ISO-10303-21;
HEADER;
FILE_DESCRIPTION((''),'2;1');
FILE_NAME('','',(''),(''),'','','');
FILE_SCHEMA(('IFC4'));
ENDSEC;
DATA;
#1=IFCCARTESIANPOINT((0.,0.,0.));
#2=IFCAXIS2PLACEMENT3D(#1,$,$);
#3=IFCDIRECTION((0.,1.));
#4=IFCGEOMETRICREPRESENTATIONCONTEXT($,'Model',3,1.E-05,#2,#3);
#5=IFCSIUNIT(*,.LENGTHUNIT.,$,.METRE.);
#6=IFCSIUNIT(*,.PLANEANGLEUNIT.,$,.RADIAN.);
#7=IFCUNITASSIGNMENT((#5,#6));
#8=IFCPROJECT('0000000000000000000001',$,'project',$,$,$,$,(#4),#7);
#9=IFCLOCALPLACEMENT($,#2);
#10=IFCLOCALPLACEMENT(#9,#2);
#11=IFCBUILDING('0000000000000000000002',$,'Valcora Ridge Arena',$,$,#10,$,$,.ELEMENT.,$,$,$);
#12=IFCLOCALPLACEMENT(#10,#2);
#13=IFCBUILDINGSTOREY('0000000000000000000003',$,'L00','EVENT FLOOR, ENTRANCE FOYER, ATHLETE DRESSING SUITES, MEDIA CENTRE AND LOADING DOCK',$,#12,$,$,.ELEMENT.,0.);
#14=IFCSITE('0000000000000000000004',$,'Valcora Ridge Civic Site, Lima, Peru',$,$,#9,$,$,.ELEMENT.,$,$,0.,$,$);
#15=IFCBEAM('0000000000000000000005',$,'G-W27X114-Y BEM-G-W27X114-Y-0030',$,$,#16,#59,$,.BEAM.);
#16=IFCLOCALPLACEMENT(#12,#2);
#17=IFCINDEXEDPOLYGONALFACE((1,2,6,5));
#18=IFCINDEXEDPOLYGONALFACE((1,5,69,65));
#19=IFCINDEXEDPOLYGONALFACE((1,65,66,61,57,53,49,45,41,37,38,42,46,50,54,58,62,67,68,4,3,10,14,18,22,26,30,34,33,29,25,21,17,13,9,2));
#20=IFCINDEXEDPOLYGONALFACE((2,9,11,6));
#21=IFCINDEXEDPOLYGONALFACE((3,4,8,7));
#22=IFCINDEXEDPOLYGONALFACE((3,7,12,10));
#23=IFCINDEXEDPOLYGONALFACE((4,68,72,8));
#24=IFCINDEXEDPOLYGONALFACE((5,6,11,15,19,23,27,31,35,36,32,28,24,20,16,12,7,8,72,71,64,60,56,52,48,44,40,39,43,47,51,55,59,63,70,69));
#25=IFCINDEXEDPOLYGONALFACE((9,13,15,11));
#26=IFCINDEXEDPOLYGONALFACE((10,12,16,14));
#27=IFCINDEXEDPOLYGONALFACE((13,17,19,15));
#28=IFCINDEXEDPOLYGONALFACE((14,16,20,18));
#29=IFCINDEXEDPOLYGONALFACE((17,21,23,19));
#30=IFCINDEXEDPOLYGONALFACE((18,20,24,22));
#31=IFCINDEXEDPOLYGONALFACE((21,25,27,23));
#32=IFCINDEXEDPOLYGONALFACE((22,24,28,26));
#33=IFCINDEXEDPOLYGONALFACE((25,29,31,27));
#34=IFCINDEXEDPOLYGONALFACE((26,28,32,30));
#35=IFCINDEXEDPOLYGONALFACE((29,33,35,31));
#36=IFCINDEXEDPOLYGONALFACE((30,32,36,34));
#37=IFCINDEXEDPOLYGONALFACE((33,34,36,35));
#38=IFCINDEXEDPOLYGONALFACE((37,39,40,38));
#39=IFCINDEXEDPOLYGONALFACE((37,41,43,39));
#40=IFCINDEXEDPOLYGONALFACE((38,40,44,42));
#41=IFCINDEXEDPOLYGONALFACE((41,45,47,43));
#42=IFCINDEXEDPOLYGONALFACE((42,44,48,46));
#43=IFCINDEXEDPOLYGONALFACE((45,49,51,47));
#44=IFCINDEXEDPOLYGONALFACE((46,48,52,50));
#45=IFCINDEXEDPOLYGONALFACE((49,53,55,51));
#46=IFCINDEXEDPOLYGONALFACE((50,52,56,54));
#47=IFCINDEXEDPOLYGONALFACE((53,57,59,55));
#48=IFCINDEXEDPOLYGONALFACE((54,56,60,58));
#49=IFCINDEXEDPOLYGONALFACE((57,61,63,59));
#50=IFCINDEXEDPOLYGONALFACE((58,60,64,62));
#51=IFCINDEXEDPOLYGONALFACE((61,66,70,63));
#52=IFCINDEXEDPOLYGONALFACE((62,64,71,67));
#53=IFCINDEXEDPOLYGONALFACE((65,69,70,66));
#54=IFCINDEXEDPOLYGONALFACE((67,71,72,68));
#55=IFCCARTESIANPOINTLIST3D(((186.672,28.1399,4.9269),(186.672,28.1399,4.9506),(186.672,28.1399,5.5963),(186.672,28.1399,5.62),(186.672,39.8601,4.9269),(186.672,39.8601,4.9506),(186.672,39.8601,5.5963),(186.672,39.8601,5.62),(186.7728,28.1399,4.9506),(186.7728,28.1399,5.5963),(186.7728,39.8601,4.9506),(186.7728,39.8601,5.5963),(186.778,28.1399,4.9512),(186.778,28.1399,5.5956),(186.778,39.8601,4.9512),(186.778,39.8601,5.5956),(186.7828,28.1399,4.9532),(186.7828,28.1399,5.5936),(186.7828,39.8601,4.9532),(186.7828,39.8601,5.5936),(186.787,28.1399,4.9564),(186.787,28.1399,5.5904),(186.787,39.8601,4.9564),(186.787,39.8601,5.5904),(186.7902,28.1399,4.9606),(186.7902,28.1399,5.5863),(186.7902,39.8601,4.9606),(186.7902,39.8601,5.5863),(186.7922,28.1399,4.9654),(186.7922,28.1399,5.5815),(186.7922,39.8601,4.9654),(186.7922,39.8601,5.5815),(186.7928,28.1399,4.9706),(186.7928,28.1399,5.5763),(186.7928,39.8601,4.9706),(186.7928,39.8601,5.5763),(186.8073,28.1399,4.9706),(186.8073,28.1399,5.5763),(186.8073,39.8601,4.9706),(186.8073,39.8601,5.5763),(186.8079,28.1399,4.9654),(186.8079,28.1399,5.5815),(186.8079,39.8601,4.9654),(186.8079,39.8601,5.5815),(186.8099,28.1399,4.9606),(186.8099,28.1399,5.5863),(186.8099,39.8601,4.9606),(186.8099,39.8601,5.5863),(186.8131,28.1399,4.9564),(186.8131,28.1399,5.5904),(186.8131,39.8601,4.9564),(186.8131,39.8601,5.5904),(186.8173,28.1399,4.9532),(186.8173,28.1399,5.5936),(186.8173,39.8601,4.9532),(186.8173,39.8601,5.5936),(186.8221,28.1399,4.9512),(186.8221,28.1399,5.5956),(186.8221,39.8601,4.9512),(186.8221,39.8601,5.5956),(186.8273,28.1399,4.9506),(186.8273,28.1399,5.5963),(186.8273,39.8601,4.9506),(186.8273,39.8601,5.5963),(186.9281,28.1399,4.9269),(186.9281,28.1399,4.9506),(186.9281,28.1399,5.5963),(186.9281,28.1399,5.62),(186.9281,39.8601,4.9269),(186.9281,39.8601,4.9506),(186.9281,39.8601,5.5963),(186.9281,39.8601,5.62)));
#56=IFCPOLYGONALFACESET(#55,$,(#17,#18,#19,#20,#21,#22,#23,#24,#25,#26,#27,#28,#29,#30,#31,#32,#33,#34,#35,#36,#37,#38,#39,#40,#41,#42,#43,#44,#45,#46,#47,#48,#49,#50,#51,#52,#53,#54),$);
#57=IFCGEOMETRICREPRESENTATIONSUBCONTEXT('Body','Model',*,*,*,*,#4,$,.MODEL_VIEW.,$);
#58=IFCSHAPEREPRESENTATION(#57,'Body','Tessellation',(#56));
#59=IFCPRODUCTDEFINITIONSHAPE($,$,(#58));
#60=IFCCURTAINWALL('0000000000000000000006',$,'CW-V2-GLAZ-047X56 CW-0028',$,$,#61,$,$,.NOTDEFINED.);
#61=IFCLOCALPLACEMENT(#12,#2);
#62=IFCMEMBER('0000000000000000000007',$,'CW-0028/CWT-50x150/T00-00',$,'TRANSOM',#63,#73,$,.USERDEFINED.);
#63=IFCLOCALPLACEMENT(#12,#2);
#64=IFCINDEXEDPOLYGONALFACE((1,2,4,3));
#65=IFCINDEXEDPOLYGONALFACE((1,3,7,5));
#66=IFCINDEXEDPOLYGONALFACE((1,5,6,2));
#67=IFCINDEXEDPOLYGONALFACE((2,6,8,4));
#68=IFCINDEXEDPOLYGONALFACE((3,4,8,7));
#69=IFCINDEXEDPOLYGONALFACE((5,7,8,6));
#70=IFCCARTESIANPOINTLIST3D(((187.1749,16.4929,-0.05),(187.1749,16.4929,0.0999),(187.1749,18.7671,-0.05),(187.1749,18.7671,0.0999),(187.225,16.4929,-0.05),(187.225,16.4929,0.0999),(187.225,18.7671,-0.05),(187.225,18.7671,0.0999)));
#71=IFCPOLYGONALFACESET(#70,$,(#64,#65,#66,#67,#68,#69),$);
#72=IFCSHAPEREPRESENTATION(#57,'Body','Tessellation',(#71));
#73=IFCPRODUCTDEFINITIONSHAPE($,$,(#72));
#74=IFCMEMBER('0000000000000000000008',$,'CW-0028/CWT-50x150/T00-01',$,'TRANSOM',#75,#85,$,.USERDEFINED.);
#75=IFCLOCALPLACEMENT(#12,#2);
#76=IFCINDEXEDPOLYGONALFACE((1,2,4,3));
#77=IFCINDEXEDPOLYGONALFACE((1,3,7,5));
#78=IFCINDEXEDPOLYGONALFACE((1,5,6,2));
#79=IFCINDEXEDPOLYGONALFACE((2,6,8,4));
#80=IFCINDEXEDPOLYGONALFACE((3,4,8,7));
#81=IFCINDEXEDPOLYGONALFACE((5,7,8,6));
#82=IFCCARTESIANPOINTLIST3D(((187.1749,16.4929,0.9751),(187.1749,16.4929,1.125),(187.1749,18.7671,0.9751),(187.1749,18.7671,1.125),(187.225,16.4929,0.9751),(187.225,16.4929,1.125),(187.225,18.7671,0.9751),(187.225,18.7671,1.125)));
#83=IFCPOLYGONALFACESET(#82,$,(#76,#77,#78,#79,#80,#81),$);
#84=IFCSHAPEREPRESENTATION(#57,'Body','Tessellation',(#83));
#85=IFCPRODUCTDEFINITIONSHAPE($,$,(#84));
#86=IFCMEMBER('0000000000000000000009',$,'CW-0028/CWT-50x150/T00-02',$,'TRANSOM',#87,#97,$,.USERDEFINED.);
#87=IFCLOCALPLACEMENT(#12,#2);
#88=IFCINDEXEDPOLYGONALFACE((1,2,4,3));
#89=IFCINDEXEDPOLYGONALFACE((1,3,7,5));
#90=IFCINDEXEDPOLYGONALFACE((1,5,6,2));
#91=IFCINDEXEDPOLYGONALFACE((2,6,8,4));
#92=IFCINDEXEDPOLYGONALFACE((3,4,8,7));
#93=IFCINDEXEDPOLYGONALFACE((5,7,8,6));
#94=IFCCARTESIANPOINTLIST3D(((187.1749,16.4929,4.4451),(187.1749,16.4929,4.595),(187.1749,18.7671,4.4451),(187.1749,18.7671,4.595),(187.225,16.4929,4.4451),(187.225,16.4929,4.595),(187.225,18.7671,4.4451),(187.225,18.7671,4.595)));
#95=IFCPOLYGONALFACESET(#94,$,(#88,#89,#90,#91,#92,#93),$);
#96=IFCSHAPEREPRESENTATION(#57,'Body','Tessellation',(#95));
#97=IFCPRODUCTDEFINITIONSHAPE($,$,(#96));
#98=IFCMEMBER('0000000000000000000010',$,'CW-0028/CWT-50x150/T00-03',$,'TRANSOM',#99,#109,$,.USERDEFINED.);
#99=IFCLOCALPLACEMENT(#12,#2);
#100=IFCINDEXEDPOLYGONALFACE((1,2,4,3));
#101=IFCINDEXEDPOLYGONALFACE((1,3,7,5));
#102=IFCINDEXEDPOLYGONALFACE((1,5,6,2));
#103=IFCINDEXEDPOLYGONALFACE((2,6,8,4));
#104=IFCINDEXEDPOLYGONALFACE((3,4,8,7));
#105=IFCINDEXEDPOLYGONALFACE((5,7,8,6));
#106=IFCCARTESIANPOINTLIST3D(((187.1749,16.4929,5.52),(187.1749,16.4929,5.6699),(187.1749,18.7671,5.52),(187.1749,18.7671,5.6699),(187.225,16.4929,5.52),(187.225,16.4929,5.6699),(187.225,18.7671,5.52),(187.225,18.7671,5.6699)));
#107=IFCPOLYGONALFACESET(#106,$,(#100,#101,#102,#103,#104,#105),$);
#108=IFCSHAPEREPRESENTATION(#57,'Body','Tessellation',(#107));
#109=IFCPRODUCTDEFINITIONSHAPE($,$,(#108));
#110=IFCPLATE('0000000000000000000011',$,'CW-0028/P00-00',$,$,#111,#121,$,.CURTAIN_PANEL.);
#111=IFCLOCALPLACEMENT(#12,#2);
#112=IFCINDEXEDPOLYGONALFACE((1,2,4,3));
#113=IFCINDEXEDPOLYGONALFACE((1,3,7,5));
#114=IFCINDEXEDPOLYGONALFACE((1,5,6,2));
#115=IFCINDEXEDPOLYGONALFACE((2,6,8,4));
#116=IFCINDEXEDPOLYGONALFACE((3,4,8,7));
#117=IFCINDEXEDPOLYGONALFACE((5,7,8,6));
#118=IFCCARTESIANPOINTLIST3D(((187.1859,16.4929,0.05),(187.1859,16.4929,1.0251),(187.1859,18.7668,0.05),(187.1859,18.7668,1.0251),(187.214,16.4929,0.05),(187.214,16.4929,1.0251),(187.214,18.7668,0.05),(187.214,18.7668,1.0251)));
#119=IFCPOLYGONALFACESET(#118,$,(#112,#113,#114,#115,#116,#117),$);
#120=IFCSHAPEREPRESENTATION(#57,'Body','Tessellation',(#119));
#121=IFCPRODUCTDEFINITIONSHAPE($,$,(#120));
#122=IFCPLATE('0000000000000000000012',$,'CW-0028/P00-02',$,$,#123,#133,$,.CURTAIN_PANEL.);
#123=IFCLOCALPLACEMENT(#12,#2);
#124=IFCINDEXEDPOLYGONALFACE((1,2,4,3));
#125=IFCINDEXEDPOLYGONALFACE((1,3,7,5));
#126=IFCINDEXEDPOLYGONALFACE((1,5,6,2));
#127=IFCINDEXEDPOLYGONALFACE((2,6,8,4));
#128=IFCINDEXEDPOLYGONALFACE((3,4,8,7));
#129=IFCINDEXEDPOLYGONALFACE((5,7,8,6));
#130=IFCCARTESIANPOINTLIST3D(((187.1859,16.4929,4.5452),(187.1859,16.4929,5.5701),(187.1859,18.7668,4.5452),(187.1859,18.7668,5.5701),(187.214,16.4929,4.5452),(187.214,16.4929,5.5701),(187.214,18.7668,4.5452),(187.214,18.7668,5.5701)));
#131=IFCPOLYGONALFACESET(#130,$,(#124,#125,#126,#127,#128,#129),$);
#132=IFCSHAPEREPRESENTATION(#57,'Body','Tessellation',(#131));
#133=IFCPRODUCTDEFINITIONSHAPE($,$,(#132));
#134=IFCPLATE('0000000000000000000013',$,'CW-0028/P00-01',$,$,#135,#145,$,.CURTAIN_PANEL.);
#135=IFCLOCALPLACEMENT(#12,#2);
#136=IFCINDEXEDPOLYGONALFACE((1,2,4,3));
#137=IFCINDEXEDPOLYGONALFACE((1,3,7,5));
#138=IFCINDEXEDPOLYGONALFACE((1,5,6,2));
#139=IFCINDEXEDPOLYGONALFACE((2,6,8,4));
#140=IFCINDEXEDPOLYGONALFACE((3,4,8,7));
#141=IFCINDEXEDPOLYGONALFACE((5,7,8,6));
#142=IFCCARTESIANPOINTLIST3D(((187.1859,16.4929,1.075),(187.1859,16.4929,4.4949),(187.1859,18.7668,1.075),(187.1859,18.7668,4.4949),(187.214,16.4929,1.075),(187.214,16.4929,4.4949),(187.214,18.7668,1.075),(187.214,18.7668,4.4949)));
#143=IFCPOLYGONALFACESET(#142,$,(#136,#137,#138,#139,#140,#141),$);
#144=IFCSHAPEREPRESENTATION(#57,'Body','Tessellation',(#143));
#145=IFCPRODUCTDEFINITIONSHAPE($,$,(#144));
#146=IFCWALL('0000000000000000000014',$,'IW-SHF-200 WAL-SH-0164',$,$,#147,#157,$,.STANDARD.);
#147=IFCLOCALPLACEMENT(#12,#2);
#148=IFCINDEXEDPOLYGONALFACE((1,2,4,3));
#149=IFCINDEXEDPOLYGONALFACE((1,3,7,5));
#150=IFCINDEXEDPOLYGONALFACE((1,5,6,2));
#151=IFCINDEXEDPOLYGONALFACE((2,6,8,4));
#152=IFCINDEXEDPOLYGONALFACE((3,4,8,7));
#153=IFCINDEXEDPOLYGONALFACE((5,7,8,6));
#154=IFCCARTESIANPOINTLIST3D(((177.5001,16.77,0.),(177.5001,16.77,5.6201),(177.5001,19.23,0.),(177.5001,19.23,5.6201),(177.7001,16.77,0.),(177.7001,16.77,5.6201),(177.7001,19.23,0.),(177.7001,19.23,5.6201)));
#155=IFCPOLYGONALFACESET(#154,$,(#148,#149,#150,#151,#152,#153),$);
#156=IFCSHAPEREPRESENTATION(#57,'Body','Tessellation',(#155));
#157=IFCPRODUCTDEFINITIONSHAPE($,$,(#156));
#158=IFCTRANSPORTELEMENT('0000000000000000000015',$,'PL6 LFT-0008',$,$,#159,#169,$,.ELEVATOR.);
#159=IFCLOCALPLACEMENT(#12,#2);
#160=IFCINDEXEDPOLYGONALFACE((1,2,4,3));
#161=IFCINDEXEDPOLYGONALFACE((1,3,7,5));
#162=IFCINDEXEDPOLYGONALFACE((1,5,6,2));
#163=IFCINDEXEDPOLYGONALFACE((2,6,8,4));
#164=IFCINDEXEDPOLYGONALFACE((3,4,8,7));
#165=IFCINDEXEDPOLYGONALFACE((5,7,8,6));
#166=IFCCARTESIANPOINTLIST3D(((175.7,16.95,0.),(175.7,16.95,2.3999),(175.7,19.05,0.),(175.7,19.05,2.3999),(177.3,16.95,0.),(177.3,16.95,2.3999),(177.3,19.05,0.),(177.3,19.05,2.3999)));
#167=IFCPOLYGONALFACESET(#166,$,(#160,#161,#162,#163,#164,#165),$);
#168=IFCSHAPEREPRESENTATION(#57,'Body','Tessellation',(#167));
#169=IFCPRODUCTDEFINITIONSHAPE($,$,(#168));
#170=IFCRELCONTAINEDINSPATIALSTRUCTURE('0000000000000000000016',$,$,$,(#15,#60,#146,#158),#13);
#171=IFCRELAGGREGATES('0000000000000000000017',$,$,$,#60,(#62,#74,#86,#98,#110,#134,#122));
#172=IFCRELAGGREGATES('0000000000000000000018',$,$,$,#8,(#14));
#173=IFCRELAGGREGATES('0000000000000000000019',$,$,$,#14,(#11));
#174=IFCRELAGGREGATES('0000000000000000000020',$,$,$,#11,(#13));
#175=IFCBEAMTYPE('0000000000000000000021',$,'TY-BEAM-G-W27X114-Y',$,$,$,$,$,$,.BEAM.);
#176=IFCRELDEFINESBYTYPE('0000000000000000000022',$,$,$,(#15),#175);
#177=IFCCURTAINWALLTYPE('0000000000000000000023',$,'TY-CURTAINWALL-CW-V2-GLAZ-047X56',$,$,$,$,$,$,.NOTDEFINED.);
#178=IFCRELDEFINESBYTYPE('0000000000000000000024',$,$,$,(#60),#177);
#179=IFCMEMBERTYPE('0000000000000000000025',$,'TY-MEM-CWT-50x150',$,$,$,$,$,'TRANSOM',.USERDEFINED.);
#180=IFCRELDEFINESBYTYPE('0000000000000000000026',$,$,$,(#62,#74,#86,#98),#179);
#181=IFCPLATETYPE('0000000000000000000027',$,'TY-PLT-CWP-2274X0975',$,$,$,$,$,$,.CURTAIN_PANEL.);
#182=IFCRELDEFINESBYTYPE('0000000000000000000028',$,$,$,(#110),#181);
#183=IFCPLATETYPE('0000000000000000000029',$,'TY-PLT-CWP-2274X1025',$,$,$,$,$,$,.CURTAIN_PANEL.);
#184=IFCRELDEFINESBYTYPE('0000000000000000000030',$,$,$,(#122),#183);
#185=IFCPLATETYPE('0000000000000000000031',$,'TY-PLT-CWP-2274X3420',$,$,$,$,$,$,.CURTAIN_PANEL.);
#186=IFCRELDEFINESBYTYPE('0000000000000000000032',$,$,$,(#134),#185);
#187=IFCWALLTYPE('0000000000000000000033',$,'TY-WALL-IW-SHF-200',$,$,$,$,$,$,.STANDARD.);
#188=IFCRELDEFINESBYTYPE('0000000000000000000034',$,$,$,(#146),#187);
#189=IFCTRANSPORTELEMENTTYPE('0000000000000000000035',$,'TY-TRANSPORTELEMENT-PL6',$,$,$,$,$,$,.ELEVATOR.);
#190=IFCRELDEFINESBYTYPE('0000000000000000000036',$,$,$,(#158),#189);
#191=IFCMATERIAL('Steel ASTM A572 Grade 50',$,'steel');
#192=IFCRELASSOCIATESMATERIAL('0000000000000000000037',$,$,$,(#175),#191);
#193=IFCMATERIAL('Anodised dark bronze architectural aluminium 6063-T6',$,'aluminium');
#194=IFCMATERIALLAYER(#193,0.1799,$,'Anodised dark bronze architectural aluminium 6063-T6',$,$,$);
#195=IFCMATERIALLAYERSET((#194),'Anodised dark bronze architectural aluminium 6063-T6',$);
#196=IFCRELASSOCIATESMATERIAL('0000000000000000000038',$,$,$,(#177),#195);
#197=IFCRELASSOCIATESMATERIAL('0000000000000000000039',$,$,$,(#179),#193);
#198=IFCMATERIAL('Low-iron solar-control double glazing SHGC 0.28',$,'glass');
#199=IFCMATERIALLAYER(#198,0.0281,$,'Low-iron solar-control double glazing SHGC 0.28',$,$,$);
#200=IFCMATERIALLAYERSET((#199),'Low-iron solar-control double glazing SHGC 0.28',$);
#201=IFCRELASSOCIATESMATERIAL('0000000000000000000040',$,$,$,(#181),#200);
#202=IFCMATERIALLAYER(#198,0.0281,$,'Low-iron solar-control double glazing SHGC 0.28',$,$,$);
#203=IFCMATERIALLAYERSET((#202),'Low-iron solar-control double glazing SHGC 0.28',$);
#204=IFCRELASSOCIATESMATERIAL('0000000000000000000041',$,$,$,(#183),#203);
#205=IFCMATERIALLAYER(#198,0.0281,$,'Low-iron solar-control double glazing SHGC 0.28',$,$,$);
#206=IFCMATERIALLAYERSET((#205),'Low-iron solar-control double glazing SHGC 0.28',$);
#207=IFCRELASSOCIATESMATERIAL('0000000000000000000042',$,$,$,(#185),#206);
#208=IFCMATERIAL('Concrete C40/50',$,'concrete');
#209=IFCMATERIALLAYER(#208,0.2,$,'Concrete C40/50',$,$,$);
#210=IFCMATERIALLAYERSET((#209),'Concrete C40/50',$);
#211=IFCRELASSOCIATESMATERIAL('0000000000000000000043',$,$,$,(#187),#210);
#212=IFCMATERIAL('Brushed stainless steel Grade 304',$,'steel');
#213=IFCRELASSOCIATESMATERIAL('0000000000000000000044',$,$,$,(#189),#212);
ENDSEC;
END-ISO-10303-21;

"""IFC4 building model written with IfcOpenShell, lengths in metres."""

from ifc_helpers import new_model, si_unit, direction, frame, frame_2d, origin, origin_2d, place, context, subcontext, project, spatial, rectangle, i_section, extrude, material, layer, layer_set, material_profile, profile_set, type_object, element, aggregate, save


model = new_model("IFC4")

# Units and contexts
model_context = context("Model", 3, precision=1e-05, world=origin(), true_north=direction((0.0, 1.0)))
body_context = subcontext(model_context, "Body", "Model", "MODEL_VIEW")
ifc_project = project(units=[si_unit("LENGTHUNIT", "METRE"), si_unit("PLANEANGLEUNIT", "RADIAN")], contexts=[model_context])

# Site, building, storey
site_placement = place(None, origin())
site = spatial("IfcSite", under=ifc_project, at=site_placement, Name="Valcora Ridge Civic Site, Lima, Peru", CompositionType="ELEMENT", RefElevation=0.0)
building_placement = place(site_placement, origin())
building = spatial("IfcBuilding", under=site, at=building_placement, Name="Valcora Ridge Arena", CompositionType="ELEMENT")
storey_placement = place(building_placement, origin())
storey = spatial("IfcBuildingStorey", under=building, at=storey_placement, Name="L00", Description="EVENT FLOOR, ENTRANCE FOYER, ATHLETE DRESSING SUITES, MEDIA CENTRE AND LOADING DOCK", CompositionType="ELEMENT", Elevation=0.0)

# Shared definitions
ifc_material_1 = material(Name="Concrete C40/50", Category="concrete")

# Shared definitions
ifc_material_2 = material(Name="Steel ASTM A572 Grade 50", Category="steel")

# Beam
ifc_material_profile_1 = material_profile(ifc_material_2, i_section(OverallWidth=0.2561, OverallDepth=0.6931, WebThickness=0.0144, FlangeThickness=0.0237, FilletRadius=0.02, at=origin_2d()), Name="W27X114")
ifc_profile_set_1 = profile_set([ifc_material_profile_1], Name="Steel ASTM A572 Grade 50")
beam_type_1 = type_object("IfcBeamType", Name="TY-BEAM-G-W27X114-Y", PredefinedType="BEAM", material=ifc_profile_set_1)
beam_1_placement = place(storey_placement, frame((186.8, 28.1399, 5.2734), z_axis=(0.0, 1.0, 0.0), x_axis=(-1.0, 0.0, 0.0)))
element("IfcBeam", 1, at=beam_1_placement, inside=storey, type_object=beam_type_1, Name="G-W27X114-Y BEM-G-W27X114-Y-0030", PredefinedType="BEAM", context=body_context, shape_type="SweptSolid", body=[
    extrude(i_section(OverallWidth=0.2561, OverallDepth=0.6931, WebThickness=0.0144, FlangeThickness=0.0237, FilletRadius=0.02, at=origin_2d()), origin(), (0.0, 0.0, 1.0), 11.7202),
])

# Curtain wall, members, plates
ifc_material_3 = material(Name="Anodised dark bronze architectural aluminium 6063-T6", Category="aluminium")
ifc_layer_1 = layer(ifc_material_3, 0.1799, Name="Anodised dark bronze architectural aluminium 6063-T6")
ifc_layer_set_1 = layer_set([ifc_layer_1], Name="Anodised dark bronze architectural aluminium 6063-T6")
curtain_wall_type = type_object("IfcCurtainWallType", Name="TY-CURTAINWALL-CW-V2-GLAZ-047X56", PredefinedType="NOTDEFINED", material=ifc_layer_set_1)
curtain_wall_placement = place(storey_placement, origin())
curtain_wall = element("IfcCurtainWall", 2, at=curtain_wall_placement, inside=storey, type_object=curtain_wall_type, Name="CW-V2-GLAZ-047X56 CW-0028", PredefinedType="NOTDEFINED")
ifc_material_profile_2 = material_profile(ifc_material_3, rectangle(XDim=0.05, YDim=0.1499, at=origin_2d()), Name="ALU TRANSOM 50x150")
ifc_profile_set_2 = profile_set([ifc_material_profile_2], Name="Anodised dark bronze architectural aluminium 6063-T6")
member_type = type_object("IfcMemberType", Name="TY-MEM-CWT-50x150", ElementType="TRANSOM", PredefinedType="USERDEFINED", material=ifc_profile_set_2)
member_1_placement = place(storey_placement, frame((187.2, 16.4929, 0.0249), z_axis=(0.0, 1.0, 0.0), x_axis=(-1.0, 0.0, 0.0)))
member_1 = element("IfcMember", 3, at=member_1_placement, type_object=member_type, Name="CW-0028/CWT-50x150/T00-00", ObjectType="TRANSOM", PredefinedType="USERDEFINED", context=body_context, shape_type="SweptSolid", body=[
    extrude(rectangle(XDim=0.05, YDim=0.1499, at=origin_2d()), origin(), (0.0, 0.0, 1.0), 2.2742),
])
member_2_placement = place(storey_placement, frame((187.2, 16.4929, 1.05), z_axis=(0.0, 1.0, 0.0), x_axis=(-1.0, 0.0, 0.0)))
member_2 = element("IfcMember", 4, at=member_2_placement, type_object=member_type, Name="CW-0028/CWT-50x150/T00-01", ObjectType="TRANSOM", PredefinedType="USERDEFINED", context=body_context, shape_type="SweptSolid", body=[
    extrude(rectangle(XDim=0.05, YDim=0.1499, at=origin_2d()), origin(), (0.0, 0.0, 1.0), 2.2742),
])
member_3_placement = place(storey_placement, frame((187.2, 16.4929, 4.52), z_axis=(0.0, 1.0, 0.0), x_axis=(-1.0, 0.0, 0.0)))
member_3 = element("IfcMember", 5, at=member_3_placement, type_object=member_type, Name="CW-0028/CWT-50x150/T00-02", ObjectType="TRANSOM", PredefinedType="USERDEFINED", context=body_context, shape_type="SweptSolid", body=[
    extrude(rectangle(XDim=0.05, YDim=0.1499, at=origin_2d()), origin(), (0.0, 0.0, 1.0), 2.2742),
])
member_4_placement = place(storey_placement, frame((187.2, 16.4929, 5.595), z_axis=(0.0, 1.0, 0.0), x_axis=(-1.0, 0.0, 0.0)))
member_4 = element("IfcMember", 6, at=member_4_placement, type_object=member_type, Name="CW-0028/CWT-50x150/T00-03", ObjectType="TRANSOM", PredefinedType="USERDEFINED", context=body_context, shape_type="SweptSolid", body=[
    extrude(rectangle(XDim=0.05, YDim=0.1499, at=origin_2d()), origin(), (0.0, 0.0, 1.0), 2.2742),
])
ifc_material_4 = material(Name="Low-iron solar-control double glazing SHGC 0.28", Category="glass")
ifc_layer_2 = layer(ifc_material_4, 0.0281, Name="Low-iron solar-control double glazing SHGC 0.28")
ifc_layer_set_2 = layer_set([ifc_layer_2], Name="Low-iron solar-control double glazing SHGC 0.28")
plate_type_1 = type_object("IfcPlateType", Name="TY-PLT-CWP-2274X0975", PredefinedType="CURTAIN_PANEL", material=ifc_layer_set_2)
plate_1_placement = place(storey_placement, frame((187.2, 17.6299, 0.05), z_axis=(0.0, 0.0, 1.0), x_axis=(0.0, 1.0, 0.0)))
plate_1 = element("IfcPlate", 7, at=plate_1_placement, type_object=plate_type_1, Name="CW-0028/P00-00", PredefinedType="CURTAIN_PANEL", context=body_context, shape_type="SweptSolid", body=[
    extrude(rectangle(XDim=2.2739, YDim=0.0281, at=origin_2d()), origin(), (0.0, 0.0, 1.0), 0.9751),
])
ifc_layer_3 = layer(ifc_material_4, 0.0281, Name="Low-iron solar-control double glazing SHGC 0.28")
ifc_layer_set_3 = layer_set([ifc_layer_3], Name="Low-iron solar-control double glazing SHGC 0.28")
plate_type_2 = type_object("IfcPlateType", Name="TY-PLT-CWP-2274X1025", PredefinedType="CURTAIN_PANEL", material=ifc_layer_set_3)
plate_2_placement = place(storey_placement, frame((187.2, 17.6299, 4.5452), z_axis=(0.0, 0.0, 1.0), x_axis=(0.0, 1.0, 0.0)))
plate_2 = element("IfcPlate", 8, at=plate_2_placement, type_object=plate_type_2, Name="CW-0028/P00-02", PredefinedType="CURTAIN_PANEL", context=body_context, shape_type="SweptSolid", body=[
    extrude(rectangle(XDim=2.2739, YDim=0.0281, at=origin_2d()), origin(), (0.0, 0.0, 1.0), 1.0249),
])
ifc_layer_4 = layer(ifc_material_4, 0.0281, Name="Low-iron solar-control double glazing SHGC 0.28")
ifc_layer_set_4 = layer_set([ifc_layer_4], Name="Low-iron solar-control double glazing SHGC 0.28")
plate_type_3 = type_object("IfcPlateType", Name="TY-PLT-CWP-2274X3420", PredefinedType="CURTAIN_PANEL", material=ifc_layer_set_4)
plate_3_placement = place(storey_placement, frame((187.2, 17.6299, 1.075), z_axis=(0.0, 0.0, 1.0), x_axis=(0.0, 1.0, 0.0)))
plate_3 = element("IfcPlate", 9, at=plate_3_placement, type_object=plate_type_3, Name="CW-0028/P00-01", PredefinedType="CURTAIN_PANEL", context=body_context, shape_type="SweptSolid", body=[
    extrude(rectangle(XDim=2.2739, YDim=0.0281, at=origin_2d()), origin(), (0.0, 0.0, 1.0), 3.4199),
])
aggregate(curtain_wall, [member_1, member_2, member_3, member_4, plate_1, plate_3, plate_2])

# Wall
ifc_layer_5 = layer(ifc_material_1, 0.2, Name="Concrete C40/50")
ifc_layer_set_5 = layer_set([ifc_layer_5], Name="Concrete C40/50")
wall_type = type_object("IfcWallType", Name="TY-WALL-IW-SHF-200", PredefinedType="STANDARD", material=ifc_layer_set_5)
wall_placement = place(storey_placement, frame((177.6001, 16.77, 0.0), z_axis=(0.0, 0.0, 1.0), x_axis=(0.0, 1.0, 0.0)))
element("IfcWall", 10, at=wall_placement, inside=storey, type_object=wall_type, Name="IW-SHF-200 WAL-SH-0164", PredefinedType="STANDARD", context=body_context, shape_type="SweptSolid", body=[
    extrude(rectangle(XDim=2.46, YDim=0.2, at=frame_2d((1.23, 0.0))), origin(), (0.0, 0.0, 1.0), 5.6201),
])

# Transport element
ifc_material_5 = material(Name="Brushed stainless steel Grade 304", Category="steel")
transport_element_type = type_object("IfcTransportElementType", Name="TY-TRANSPORTELEMENT-PL6", PredefinedType="ELEVATOR", material=ifc_material_5)
transport_element_placement = place(storey_placement, frame((176.5, 18.0, 0.0), z_axis=(0.0, 0.0, 1.0), x_axis=(1.0, 0.0, 0.0)))
element("IfcTransportElement", 11, at=transport_element_placement, inside=storey, type_object=transport_element_type, Name="PL6 LFT-0008", PredefinedType="ELEVATOR", context=body_context, shape_type="SweptSolid", body=[
    extrude(rectangle(XDim=1.6001, YDim=2.1001, at=origin_2d()), origin(), (0.0, 0.0, 1.0), 2.3999),
])

save(model, "model.ifc")
